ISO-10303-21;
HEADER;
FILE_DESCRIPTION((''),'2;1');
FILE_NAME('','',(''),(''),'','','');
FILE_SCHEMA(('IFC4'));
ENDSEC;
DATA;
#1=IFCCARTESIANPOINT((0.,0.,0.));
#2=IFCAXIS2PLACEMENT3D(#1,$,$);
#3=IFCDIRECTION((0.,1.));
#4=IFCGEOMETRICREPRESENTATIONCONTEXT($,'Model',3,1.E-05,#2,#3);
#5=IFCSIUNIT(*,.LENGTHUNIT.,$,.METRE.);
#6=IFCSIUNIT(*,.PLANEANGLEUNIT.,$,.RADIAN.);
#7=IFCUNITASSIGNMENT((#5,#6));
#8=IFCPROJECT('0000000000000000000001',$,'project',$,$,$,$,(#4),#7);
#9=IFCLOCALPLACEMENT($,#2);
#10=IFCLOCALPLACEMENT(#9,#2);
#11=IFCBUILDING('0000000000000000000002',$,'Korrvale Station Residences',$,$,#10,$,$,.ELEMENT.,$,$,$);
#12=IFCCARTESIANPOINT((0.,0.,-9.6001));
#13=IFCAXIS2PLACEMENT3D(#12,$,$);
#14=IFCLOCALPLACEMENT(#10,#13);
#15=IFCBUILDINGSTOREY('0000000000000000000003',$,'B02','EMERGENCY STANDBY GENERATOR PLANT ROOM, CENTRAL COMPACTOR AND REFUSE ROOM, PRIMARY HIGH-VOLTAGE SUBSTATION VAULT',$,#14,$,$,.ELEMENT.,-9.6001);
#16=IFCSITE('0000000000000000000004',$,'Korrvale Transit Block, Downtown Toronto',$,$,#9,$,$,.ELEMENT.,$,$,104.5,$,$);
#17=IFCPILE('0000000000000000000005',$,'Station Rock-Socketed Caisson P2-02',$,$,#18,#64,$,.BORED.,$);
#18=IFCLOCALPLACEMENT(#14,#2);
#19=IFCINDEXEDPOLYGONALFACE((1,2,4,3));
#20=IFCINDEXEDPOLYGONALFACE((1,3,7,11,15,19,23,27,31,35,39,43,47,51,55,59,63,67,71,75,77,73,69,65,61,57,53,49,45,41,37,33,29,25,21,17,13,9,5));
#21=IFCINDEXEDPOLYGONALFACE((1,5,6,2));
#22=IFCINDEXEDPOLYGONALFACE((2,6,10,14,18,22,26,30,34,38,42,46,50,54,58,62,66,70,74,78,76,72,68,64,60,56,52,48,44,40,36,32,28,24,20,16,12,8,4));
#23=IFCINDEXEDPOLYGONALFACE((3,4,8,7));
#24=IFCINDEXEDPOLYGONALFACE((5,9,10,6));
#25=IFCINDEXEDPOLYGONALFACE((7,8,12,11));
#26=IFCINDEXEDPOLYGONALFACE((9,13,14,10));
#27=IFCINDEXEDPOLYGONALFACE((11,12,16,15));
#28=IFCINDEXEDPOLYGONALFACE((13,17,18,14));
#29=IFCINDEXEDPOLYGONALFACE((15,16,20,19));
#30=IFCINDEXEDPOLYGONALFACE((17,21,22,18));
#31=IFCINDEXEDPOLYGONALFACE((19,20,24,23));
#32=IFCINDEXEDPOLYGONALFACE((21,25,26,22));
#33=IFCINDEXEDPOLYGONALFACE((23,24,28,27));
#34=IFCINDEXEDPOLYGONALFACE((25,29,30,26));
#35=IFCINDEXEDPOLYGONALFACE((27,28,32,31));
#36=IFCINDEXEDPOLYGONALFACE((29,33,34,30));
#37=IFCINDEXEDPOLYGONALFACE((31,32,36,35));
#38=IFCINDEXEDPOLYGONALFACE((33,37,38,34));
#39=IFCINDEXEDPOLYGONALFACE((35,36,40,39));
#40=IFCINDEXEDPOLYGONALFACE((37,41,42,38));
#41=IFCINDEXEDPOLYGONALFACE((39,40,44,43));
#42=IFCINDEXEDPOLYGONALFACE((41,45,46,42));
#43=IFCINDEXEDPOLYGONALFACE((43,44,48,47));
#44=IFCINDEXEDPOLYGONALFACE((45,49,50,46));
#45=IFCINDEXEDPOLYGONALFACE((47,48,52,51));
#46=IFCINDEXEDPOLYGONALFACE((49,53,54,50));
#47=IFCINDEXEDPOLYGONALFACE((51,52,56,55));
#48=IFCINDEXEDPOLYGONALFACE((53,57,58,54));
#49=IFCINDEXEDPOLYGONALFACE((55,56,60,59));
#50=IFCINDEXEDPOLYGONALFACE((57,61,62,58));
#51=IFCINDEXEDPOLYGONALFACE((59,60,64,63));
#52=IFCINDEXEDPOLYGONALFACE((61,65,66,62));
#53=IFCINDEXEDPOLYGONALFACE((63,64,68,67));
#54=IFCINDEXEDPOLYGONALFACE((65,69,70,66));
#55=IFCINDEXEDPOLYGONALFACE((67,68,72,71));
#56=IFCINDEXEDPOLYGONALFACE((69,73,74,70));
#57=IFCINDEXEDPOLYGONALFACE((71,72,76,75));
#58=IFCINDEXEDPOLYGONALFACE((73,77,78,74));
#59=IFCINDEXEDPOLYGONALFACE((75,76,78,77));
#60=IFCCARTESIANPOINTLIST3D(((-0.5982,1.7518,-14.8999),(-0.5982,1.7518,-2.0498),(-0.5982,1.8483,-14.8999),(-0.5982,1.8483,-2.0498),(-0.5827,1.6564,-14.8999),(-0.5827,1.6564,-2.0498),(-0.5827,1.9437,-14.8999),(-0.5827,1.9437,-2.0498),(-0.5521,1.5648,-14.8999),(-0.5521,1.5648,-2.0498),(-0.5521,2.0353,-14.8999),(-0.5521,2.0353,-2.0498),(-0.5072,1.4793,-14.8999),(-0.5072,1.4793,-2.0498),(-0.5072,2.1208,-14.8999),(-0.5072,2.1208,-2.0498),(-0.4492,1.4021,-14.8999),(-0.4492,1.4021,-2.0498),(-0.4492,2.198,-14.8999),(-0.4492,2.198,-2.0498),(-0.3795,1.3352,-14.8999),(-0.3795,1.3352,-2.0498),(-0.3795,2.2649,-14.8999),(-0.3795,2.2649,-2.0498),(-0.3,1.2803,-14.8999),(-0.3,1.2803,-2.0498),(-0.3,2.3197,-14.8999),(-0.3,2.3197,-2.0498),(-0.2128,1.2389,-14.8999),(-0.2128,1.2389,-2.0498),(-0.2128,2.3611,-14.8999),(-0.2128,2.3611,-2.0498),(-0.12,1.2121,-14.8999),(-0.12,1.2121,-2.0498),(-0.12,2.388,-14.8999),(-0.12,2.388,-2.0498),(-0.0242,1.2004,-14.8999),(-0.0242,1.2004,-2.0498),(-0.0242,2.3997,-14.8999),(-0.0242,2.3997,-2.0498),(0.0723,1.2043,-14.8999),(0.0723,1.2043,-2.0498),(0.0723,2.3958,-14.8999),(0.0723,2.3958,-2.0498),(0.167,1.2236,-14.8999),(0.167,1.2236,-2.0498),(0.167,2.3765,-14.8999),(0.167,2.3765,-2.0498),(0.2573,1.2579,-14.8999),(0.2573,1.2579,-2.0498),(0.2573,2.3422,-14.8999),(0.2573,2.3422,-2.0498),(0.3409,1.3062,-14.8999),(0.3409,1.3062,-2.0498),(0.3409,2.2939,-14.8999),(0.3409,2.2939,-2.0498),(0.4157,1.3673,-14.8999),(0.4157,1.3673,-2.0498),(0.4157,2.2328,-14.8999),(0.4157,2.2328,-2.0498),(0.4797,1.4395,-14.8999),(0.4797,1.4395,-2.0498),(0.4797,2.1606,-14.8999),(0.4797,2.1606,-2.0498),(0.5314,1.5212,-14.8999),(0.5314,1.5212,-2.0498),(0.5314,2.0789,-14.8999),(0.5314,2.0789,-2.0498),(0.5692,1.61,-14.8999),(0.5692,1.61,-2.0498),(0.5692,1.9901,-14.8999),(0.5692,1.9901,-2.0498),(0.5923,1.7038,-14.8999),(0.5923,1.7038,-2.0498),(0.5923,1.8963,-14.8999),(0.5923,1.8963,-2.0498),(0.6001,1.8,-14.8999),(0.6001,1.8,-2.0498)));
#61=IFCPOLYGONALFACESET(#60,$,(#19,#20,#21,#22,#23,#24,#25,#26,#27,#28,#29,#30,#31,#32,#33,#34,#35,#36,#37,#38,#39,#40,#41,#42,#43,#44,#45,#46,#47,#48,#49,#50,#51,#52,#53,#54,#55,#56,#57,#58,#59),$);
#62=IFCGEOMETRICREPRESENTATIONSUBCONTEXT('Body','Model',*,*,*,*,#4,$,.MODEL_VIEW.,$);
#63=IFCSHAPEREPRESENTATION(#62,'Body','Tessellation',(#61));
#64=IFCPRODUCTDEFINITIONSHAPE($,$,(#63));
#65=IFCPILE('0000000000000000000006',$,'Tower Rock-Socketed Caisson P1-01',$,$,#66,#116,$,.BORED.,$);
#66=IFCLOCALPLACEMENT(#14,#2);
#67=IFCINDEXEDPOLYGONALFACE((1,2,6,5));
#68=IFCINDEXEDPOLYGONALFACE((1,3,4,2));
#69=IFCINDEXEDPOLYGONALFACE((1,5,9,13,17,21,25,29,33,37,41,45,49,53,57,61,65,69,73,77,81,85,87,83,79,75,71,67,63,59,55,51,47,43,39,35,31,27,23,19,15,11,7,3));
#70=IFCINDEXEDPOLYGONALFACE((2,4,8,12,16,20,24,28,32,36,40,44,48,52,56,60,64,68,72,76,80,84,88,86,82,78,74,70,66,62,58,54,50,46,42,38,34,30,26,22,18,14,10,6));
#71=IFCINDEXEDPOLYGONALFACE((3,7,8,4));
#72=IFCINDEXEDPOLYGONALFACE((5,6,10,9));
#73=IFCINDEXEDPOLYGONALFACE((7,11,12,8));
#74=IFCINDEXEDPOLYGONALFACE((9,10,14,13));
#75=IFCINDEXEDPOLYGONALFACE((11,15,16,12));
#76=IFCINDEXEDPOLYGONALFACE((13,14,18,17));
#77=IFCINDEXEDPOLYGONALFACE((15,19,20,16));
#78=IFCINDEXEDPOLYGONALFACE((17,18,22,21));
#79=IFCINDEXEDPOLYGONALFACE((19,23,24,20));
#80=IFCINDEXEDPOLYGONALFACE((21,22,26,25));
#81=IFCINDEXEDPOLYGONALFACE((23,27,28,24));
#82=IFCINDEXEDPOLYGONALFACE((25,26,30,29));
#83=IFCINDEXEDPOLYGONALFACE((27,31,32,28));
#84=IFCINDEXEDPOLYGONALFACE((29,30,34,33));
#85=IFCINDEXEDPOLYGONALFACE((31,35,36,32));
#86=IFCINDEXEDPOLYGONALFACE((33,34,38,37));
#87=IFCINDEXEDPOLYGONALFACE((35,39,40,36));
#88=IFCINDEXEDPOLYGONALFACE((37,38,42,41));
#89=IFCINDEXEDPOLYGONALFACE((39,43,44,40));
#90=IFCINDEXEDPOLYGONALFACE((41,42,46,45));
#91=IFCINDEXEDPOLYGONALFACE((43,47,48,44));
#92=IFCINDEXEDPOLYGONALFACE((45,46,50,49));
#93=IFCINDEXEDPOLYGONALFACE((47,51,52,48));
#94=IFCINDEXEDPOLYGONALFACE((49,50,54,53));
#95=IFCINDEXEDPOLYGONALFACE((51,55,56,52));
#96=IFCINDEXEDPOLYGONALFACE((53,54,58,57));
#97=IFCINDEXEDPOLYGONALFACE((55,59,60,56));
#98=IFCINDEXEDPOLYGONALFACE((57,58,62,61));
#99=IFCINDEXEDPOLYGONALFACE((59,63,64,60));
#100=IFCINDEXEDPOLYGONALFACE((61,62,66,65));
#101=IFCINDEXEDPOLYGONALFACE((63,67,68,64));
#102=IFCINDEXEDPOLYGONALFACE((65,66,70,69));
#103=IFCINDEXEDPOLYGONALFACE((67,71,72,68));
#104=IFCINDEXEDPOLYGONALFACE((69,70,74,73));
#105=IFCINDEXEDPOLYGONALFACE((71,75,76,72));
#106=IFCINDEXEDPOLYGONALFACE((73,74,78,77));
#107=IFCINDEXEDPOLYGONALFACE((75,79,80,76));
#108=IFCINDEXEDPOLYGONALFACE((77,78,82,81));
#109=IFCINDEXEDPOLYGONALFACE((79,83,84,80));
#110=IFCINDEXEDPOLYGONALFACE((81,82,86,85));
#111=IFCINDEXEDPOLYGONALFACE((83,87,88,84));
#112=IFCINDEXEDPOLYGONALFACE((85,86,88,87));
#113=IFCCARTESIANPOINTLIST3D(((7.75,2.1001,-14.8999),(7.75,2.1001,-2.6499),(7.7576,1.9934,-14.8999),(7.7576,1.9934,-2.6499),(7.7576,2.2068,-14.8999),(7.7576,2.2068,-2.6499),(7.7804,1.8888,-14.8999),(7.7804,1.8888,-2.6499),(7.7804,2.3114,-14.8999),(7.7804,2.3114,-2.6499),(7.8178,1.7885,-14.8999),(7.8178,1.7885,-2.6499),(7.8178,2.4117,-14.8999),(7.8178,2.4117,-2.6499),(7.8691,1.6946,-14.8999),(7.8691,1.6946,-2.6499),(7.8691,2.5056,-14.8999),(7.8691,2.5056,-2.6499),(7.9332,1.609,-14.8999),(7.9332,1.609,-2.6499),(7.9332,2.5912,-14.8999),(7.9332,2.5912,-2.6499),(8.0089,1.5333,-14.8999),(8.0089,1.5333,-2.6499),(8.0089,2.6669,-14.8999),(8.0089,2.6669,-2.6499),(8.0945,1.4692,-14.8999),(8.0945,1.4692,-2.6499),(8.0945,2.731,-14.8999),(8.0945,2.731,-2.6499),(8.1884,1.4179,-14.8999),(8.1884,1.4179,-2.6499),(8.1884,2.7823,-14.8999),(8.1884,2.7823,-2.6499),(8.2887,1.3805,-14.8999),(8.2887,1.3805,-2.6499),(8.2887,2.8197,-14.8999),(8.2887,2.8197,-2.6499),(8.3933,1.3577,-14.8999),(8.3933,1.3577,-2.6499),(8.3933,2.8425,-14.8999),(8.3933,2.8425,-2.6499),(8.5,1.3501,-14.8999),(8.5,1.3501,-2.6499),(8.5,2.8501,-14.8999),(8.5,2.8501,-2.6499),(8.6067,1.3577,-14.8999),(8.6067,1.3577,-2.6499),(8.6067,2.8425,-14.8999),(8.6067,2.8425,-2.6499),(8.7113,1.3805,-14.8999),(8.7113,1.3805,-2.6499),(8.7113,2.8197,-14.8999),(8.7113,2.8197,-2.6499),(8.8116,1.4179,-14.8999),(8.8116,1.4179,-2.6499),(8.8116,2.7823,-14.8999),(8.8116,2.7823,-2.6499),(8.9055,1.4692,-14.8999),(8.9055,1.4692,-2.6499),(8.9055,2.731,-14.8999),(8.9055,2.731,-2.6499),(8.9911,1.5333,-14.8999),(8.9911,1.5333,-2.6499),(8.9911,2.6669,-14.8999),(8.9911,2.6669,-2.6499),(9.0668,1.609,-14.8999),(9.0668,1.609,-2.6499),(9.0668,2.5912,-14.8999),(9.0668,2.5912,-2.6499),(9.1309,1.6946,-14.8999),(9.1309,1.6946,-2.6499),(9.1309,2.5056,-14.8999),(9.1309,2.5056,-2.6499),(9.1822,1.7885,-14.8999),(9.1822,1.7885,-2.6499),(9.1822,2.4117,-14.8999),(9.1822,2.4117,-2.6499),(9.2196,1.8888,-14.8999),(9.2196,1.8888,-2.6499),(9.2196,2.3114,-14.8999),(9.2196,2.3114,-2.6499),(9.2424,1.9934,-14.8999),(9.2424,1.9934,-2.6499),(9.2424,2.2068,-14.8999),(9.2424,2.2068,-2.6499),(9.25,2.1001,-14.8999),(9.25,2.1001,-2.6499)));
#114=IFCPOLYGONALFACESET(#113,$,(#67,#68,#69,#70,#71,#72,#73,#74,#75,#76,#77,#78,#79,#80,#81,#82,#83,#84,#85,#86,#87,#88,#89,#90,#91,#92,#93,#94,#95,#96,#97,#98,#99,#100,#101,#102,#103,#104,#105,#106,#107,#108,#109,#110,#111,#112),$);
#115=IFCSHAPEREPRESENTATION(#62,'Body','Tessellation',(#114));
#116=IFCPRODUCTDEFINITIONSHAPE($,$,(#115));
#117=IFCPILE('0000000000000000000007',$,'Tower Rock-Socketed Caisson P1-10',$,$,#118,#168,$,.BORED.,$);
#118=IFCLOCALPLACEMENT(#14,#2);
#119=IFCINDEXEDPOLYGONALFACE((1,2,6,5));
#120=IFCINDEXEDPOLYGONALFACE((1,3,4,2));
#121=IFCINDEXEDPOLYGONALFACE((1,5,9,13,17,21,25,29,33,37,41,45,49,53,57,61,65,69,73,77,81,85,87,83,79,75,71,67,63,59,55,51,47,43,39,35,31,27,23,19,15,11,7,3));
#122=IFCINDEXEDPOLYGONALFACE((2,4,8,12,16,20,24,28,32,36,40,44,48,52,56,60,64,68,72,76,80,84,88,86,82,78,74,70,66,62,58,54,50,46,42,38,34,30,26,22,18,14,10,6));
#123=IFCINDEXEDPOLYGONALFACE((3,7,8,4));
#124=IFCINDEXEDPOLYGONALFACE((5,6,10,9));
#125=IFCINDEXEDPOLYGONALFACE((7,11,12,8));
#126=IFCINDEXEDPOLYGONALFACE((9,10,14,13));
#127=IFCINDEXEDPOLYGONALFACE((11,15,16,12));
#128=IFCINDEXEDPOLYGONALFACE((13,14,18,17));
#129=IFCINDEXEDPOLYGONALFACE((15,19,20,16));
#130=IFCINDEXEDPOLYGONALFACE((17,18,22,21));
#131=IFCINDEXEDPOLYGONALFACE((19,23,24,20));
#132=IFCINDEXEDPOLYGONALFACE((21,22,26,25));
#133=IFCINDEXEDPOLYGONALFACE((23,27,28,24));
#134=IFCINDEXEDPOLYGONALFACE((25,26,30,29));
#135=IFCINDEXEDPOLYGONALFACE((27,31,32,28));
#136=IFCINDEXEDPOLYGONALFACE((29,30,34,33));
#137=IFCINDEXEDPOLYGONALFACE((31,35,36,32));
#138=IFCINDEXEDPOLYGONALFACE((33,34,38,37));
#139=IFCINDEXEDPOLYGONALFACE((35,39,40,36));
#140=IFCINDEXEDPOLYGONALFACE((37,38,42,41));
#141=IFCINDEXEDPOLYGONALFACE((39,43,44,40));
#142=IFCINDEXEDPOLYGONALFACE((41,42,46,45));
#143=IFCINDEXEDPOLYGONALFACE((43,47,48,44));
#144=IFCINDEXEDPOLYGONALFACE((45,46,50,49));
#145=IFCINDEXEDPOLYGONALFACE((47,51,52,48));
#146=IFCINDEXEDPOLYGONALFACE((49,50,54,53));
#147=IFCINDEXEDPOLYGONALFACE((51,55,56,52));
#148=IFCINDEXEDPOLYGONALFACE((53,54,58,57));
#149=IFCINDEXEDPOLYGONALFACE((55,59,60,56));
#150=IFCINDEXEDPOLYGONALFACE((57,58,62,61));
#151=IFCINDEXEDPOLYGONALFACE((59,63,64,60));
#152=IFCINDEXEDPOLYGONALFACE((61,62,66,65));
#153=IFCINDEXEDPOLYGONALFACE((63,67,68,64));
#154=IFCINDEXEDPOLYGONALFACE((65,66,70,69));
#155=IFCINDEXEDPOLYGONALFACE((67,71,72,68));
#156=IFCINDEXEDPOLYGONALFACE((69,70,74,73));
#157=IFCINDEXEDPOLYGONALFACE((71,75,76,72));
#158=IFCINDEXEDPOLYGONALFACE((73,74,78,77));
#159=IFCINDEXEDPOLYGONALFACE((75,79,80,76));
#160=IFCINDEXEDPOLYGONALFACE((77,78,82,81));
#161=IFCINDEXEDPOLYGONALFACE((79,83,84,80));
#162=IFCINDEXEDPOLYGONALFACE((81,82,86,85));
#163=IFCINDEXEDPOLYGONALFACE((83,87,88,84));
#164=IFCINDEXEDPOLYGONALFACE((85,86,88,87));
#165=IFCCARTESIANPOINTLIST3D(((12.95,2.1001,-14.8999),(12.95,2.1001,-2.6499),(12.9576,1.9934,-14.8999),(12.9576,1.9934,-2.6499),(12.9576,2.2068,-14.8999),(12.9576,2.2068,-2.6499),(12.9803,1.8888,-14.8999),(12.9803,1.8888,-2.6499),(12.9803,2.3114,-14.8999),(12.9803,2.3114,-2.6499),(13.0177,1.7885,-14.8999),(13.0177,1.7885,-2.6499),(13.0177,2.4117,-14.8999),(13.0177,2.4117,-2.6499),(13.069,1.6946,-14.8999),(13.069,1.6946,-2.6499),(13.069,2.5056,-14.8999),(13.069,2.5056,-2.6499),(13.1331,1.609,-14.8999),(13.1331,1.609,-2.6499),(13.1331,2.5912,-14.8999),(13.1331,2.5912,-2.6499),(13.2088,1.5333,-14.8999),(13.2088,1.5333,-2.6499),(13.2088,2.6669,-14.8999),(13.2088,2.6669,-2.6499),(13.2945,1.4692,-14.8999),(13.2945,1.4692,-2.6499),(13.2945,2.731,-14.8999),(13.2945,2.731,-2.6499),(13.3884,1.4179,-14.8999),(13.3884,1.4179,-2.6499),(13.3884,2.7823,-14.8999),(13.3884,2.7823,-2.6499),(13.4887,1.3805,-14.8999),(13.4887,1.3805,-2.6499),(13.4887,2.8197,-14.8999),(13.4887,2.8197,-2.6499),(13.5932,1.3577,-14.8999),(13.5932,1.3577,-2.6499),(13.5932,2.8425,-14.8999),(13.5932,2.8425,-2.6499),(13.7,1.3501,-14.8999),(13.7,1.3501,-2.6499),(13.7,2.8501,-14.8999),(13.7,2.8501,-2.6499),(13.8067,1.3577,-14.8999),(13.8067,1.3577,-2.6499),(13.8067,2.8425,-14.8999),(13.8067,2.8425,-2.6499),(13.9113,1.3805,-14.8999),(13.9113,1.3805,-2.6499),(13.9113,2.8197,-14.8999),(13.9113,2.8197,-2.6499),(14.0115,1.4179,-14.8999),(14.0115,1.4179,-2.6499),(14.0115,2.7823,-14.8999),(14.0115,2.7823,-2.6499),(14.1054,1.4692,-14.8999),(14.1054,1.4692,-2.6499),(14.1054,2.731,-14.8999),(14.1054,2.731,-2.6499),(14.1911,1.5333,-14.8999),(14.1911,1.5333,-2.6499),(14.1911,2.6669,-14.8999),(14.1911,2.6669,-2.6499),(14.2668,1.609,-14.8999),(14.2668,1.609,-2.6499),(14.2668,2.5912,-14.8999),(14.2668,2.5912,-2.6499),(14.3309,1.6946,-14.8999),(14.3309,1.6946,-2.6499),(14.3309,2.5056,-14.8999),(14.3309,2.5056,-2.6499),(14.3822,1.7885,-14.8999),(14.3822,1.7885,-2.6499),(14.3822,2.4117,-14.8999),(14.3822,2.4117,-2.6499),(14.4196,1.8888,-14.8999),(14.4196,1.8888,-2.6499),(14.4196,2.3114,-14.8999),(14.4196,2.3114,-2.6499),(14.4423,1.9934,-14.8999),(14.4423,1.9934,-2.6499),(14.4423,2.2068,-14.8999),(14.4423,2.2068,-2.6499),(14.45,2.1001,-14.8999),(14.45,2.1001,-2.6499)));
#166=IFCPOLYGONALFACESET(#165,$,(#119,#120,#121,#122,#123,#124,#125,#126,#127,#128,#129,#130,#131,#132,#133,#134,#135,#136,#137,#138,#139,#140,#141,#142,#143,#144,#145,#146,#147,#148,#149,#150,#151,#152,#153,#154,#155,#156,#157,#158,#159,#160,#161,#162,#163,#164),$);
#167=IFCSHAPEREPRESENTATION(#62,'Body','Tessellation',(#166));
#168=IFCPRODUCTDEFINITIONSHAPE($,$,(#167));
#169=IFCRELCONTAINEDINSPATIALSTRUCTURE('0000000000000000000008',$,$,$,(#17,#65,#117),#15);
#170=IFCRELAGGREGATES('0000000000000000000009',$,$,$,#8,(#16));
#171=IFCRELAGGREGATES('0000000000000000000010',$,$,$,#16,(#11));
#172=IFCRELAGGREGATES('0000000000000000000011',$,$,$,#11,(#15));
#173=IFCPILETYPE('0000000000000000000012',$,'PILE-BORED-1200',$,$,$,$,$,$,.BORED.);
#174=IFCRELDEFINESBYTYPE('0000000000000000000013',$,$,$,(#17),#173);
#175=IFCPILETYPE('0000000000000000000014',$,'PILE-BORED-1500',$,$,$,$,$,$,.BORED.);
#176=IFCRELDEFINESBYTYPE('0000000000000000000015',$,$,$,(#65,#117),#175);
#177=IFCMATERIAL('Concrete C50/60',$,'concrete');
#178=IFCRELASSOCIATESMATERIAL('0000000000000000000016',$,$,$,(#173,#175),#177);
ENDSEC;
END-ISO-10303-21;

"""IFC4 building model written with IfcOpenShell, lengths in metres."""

from ifc_helpers import new_model, si_unit, direction, frame, origin, origin_2d, place, context, subcontext, project, spatial, circle, extrude, material, material_profile, profile_set, type_object, element, save


model = new_model("IFC4")

# Units and contexts
model_context = context("Model", 3, precision=1e-05, world=origin(), true_north=direction((0.0, 1.0)))
body_context = subcontext(model_context, "Body", "Model", "MODEL_VIEW")
ifc_project = project(units=[si_unit("LENGTHUNIT", "METRE"), si_unit("PLANEANGLEUNIT", "RADIAN")], contexts=[model_context])

# Site, building, storey
site_placement = place(None, origin())
site = spatial("IfcSite", under=ifc_project, at=site_placement, Name="Korrvale Transit Block, Downtown Toronto", CompositionType="ELEMENT", RefElevation=104.5)
building_placement = place(site_placement, origin())
building = spatial("IfcBuilding", under=site, at=building_placement, Name="Korrvale Station Residences", CompositionType="ELEMENT")
storey_placement = place(building_placement, frame((0.0, 0.0, -9.6001)))
storey = spatial("IfcBuildingStorey", under=building, at=storey_placement, Name="B02", Description="EMERGENCY STANDBY GENERATOR PLANT ROOM, CENTRAL COMPACTOR AND REFUSE ROOM, PRIMARY HIGH-VOLTAGE SUBSTATION VAULT", CompositionType="ELEMENT", Elevation=-9.6001)

# Piles
ifc_material_1 = material(Name="Concrete C50/60", Category="concrete")
ifc_material_profile_1 = material_profile(ifc_material_1, circle(Radius=0.6001, at=origin_2d()), Name="PILE1200")
ifc_profile_set_1 = profile_set([ifc_material_profile_1], Name="Concrete C50/60")
pile_type_1 = type_object("IfcPileType", Name="PILE-BORED-1200", PredefinedType="BORED", material=ifc_profile_set_1)
pile_1_placement = place(storey_placement, frame((0.0, 1.8, -2.0498), z_axis=(0.0, 0.0, -1.0), x_axis=(1.0, 0.0, 0.0)))
element("IfcPile", 1, at=pile_1_placement, inside=storey, type_object=pile_type_1, Name="Station Rock-Socketed Caisson P2-02", PredefinedType="BORED", context=body_context, shape_type="SweptSolid", body=[
    extrude(circle(Radius=0.6001, at=origin_2d()), origin(), (0.0, 0.0, 1.0), 12.8501),
])
ifc_material_profile_2 = material_profile(ifc_material_1, circle(Radius=0.75, at=origin_2d()), Name="PILE1500")
ifc_profile_set_2 = profile_set([ifc_material_profile_2], Name="Concrete C50/60")
pile_type_2 = type_object("IfcPileType", Name="PILE-BORED-1500", PredefinedType="BORED", material=ifc_profile_set_2)
for number, where, z_axis, x_axis, name in (
    (2, (8.5, 2.1001, -2.6499), (0.0, 0.0, -1.0), (1.0, 0.0, 0.0), "Tower Rock-Socketed Caisson P1-01"),
    (3, (13.7, 2.1001, -2.6499), (0.0, 0.0, -1.0), (1.0, 0.0, 0.0), "Tower Rock-Socketed Caisson P1-10"),
):
    element("IfcPile", number, at=place(storey_placement, frame(where, z_axis=z_axis, x_axis=x_axis)), inside=storey, type_object=pile_type_2, Name=name, PredefinedType="BORED", context=body_context, shape_type="SweptSolid", body=[
        extrude(circle(Radius=0.75, at=origin_2d()), origin(), (0.0, 0.0, 1.0), 12.25),
    ])

save(model, "model.ifc")
